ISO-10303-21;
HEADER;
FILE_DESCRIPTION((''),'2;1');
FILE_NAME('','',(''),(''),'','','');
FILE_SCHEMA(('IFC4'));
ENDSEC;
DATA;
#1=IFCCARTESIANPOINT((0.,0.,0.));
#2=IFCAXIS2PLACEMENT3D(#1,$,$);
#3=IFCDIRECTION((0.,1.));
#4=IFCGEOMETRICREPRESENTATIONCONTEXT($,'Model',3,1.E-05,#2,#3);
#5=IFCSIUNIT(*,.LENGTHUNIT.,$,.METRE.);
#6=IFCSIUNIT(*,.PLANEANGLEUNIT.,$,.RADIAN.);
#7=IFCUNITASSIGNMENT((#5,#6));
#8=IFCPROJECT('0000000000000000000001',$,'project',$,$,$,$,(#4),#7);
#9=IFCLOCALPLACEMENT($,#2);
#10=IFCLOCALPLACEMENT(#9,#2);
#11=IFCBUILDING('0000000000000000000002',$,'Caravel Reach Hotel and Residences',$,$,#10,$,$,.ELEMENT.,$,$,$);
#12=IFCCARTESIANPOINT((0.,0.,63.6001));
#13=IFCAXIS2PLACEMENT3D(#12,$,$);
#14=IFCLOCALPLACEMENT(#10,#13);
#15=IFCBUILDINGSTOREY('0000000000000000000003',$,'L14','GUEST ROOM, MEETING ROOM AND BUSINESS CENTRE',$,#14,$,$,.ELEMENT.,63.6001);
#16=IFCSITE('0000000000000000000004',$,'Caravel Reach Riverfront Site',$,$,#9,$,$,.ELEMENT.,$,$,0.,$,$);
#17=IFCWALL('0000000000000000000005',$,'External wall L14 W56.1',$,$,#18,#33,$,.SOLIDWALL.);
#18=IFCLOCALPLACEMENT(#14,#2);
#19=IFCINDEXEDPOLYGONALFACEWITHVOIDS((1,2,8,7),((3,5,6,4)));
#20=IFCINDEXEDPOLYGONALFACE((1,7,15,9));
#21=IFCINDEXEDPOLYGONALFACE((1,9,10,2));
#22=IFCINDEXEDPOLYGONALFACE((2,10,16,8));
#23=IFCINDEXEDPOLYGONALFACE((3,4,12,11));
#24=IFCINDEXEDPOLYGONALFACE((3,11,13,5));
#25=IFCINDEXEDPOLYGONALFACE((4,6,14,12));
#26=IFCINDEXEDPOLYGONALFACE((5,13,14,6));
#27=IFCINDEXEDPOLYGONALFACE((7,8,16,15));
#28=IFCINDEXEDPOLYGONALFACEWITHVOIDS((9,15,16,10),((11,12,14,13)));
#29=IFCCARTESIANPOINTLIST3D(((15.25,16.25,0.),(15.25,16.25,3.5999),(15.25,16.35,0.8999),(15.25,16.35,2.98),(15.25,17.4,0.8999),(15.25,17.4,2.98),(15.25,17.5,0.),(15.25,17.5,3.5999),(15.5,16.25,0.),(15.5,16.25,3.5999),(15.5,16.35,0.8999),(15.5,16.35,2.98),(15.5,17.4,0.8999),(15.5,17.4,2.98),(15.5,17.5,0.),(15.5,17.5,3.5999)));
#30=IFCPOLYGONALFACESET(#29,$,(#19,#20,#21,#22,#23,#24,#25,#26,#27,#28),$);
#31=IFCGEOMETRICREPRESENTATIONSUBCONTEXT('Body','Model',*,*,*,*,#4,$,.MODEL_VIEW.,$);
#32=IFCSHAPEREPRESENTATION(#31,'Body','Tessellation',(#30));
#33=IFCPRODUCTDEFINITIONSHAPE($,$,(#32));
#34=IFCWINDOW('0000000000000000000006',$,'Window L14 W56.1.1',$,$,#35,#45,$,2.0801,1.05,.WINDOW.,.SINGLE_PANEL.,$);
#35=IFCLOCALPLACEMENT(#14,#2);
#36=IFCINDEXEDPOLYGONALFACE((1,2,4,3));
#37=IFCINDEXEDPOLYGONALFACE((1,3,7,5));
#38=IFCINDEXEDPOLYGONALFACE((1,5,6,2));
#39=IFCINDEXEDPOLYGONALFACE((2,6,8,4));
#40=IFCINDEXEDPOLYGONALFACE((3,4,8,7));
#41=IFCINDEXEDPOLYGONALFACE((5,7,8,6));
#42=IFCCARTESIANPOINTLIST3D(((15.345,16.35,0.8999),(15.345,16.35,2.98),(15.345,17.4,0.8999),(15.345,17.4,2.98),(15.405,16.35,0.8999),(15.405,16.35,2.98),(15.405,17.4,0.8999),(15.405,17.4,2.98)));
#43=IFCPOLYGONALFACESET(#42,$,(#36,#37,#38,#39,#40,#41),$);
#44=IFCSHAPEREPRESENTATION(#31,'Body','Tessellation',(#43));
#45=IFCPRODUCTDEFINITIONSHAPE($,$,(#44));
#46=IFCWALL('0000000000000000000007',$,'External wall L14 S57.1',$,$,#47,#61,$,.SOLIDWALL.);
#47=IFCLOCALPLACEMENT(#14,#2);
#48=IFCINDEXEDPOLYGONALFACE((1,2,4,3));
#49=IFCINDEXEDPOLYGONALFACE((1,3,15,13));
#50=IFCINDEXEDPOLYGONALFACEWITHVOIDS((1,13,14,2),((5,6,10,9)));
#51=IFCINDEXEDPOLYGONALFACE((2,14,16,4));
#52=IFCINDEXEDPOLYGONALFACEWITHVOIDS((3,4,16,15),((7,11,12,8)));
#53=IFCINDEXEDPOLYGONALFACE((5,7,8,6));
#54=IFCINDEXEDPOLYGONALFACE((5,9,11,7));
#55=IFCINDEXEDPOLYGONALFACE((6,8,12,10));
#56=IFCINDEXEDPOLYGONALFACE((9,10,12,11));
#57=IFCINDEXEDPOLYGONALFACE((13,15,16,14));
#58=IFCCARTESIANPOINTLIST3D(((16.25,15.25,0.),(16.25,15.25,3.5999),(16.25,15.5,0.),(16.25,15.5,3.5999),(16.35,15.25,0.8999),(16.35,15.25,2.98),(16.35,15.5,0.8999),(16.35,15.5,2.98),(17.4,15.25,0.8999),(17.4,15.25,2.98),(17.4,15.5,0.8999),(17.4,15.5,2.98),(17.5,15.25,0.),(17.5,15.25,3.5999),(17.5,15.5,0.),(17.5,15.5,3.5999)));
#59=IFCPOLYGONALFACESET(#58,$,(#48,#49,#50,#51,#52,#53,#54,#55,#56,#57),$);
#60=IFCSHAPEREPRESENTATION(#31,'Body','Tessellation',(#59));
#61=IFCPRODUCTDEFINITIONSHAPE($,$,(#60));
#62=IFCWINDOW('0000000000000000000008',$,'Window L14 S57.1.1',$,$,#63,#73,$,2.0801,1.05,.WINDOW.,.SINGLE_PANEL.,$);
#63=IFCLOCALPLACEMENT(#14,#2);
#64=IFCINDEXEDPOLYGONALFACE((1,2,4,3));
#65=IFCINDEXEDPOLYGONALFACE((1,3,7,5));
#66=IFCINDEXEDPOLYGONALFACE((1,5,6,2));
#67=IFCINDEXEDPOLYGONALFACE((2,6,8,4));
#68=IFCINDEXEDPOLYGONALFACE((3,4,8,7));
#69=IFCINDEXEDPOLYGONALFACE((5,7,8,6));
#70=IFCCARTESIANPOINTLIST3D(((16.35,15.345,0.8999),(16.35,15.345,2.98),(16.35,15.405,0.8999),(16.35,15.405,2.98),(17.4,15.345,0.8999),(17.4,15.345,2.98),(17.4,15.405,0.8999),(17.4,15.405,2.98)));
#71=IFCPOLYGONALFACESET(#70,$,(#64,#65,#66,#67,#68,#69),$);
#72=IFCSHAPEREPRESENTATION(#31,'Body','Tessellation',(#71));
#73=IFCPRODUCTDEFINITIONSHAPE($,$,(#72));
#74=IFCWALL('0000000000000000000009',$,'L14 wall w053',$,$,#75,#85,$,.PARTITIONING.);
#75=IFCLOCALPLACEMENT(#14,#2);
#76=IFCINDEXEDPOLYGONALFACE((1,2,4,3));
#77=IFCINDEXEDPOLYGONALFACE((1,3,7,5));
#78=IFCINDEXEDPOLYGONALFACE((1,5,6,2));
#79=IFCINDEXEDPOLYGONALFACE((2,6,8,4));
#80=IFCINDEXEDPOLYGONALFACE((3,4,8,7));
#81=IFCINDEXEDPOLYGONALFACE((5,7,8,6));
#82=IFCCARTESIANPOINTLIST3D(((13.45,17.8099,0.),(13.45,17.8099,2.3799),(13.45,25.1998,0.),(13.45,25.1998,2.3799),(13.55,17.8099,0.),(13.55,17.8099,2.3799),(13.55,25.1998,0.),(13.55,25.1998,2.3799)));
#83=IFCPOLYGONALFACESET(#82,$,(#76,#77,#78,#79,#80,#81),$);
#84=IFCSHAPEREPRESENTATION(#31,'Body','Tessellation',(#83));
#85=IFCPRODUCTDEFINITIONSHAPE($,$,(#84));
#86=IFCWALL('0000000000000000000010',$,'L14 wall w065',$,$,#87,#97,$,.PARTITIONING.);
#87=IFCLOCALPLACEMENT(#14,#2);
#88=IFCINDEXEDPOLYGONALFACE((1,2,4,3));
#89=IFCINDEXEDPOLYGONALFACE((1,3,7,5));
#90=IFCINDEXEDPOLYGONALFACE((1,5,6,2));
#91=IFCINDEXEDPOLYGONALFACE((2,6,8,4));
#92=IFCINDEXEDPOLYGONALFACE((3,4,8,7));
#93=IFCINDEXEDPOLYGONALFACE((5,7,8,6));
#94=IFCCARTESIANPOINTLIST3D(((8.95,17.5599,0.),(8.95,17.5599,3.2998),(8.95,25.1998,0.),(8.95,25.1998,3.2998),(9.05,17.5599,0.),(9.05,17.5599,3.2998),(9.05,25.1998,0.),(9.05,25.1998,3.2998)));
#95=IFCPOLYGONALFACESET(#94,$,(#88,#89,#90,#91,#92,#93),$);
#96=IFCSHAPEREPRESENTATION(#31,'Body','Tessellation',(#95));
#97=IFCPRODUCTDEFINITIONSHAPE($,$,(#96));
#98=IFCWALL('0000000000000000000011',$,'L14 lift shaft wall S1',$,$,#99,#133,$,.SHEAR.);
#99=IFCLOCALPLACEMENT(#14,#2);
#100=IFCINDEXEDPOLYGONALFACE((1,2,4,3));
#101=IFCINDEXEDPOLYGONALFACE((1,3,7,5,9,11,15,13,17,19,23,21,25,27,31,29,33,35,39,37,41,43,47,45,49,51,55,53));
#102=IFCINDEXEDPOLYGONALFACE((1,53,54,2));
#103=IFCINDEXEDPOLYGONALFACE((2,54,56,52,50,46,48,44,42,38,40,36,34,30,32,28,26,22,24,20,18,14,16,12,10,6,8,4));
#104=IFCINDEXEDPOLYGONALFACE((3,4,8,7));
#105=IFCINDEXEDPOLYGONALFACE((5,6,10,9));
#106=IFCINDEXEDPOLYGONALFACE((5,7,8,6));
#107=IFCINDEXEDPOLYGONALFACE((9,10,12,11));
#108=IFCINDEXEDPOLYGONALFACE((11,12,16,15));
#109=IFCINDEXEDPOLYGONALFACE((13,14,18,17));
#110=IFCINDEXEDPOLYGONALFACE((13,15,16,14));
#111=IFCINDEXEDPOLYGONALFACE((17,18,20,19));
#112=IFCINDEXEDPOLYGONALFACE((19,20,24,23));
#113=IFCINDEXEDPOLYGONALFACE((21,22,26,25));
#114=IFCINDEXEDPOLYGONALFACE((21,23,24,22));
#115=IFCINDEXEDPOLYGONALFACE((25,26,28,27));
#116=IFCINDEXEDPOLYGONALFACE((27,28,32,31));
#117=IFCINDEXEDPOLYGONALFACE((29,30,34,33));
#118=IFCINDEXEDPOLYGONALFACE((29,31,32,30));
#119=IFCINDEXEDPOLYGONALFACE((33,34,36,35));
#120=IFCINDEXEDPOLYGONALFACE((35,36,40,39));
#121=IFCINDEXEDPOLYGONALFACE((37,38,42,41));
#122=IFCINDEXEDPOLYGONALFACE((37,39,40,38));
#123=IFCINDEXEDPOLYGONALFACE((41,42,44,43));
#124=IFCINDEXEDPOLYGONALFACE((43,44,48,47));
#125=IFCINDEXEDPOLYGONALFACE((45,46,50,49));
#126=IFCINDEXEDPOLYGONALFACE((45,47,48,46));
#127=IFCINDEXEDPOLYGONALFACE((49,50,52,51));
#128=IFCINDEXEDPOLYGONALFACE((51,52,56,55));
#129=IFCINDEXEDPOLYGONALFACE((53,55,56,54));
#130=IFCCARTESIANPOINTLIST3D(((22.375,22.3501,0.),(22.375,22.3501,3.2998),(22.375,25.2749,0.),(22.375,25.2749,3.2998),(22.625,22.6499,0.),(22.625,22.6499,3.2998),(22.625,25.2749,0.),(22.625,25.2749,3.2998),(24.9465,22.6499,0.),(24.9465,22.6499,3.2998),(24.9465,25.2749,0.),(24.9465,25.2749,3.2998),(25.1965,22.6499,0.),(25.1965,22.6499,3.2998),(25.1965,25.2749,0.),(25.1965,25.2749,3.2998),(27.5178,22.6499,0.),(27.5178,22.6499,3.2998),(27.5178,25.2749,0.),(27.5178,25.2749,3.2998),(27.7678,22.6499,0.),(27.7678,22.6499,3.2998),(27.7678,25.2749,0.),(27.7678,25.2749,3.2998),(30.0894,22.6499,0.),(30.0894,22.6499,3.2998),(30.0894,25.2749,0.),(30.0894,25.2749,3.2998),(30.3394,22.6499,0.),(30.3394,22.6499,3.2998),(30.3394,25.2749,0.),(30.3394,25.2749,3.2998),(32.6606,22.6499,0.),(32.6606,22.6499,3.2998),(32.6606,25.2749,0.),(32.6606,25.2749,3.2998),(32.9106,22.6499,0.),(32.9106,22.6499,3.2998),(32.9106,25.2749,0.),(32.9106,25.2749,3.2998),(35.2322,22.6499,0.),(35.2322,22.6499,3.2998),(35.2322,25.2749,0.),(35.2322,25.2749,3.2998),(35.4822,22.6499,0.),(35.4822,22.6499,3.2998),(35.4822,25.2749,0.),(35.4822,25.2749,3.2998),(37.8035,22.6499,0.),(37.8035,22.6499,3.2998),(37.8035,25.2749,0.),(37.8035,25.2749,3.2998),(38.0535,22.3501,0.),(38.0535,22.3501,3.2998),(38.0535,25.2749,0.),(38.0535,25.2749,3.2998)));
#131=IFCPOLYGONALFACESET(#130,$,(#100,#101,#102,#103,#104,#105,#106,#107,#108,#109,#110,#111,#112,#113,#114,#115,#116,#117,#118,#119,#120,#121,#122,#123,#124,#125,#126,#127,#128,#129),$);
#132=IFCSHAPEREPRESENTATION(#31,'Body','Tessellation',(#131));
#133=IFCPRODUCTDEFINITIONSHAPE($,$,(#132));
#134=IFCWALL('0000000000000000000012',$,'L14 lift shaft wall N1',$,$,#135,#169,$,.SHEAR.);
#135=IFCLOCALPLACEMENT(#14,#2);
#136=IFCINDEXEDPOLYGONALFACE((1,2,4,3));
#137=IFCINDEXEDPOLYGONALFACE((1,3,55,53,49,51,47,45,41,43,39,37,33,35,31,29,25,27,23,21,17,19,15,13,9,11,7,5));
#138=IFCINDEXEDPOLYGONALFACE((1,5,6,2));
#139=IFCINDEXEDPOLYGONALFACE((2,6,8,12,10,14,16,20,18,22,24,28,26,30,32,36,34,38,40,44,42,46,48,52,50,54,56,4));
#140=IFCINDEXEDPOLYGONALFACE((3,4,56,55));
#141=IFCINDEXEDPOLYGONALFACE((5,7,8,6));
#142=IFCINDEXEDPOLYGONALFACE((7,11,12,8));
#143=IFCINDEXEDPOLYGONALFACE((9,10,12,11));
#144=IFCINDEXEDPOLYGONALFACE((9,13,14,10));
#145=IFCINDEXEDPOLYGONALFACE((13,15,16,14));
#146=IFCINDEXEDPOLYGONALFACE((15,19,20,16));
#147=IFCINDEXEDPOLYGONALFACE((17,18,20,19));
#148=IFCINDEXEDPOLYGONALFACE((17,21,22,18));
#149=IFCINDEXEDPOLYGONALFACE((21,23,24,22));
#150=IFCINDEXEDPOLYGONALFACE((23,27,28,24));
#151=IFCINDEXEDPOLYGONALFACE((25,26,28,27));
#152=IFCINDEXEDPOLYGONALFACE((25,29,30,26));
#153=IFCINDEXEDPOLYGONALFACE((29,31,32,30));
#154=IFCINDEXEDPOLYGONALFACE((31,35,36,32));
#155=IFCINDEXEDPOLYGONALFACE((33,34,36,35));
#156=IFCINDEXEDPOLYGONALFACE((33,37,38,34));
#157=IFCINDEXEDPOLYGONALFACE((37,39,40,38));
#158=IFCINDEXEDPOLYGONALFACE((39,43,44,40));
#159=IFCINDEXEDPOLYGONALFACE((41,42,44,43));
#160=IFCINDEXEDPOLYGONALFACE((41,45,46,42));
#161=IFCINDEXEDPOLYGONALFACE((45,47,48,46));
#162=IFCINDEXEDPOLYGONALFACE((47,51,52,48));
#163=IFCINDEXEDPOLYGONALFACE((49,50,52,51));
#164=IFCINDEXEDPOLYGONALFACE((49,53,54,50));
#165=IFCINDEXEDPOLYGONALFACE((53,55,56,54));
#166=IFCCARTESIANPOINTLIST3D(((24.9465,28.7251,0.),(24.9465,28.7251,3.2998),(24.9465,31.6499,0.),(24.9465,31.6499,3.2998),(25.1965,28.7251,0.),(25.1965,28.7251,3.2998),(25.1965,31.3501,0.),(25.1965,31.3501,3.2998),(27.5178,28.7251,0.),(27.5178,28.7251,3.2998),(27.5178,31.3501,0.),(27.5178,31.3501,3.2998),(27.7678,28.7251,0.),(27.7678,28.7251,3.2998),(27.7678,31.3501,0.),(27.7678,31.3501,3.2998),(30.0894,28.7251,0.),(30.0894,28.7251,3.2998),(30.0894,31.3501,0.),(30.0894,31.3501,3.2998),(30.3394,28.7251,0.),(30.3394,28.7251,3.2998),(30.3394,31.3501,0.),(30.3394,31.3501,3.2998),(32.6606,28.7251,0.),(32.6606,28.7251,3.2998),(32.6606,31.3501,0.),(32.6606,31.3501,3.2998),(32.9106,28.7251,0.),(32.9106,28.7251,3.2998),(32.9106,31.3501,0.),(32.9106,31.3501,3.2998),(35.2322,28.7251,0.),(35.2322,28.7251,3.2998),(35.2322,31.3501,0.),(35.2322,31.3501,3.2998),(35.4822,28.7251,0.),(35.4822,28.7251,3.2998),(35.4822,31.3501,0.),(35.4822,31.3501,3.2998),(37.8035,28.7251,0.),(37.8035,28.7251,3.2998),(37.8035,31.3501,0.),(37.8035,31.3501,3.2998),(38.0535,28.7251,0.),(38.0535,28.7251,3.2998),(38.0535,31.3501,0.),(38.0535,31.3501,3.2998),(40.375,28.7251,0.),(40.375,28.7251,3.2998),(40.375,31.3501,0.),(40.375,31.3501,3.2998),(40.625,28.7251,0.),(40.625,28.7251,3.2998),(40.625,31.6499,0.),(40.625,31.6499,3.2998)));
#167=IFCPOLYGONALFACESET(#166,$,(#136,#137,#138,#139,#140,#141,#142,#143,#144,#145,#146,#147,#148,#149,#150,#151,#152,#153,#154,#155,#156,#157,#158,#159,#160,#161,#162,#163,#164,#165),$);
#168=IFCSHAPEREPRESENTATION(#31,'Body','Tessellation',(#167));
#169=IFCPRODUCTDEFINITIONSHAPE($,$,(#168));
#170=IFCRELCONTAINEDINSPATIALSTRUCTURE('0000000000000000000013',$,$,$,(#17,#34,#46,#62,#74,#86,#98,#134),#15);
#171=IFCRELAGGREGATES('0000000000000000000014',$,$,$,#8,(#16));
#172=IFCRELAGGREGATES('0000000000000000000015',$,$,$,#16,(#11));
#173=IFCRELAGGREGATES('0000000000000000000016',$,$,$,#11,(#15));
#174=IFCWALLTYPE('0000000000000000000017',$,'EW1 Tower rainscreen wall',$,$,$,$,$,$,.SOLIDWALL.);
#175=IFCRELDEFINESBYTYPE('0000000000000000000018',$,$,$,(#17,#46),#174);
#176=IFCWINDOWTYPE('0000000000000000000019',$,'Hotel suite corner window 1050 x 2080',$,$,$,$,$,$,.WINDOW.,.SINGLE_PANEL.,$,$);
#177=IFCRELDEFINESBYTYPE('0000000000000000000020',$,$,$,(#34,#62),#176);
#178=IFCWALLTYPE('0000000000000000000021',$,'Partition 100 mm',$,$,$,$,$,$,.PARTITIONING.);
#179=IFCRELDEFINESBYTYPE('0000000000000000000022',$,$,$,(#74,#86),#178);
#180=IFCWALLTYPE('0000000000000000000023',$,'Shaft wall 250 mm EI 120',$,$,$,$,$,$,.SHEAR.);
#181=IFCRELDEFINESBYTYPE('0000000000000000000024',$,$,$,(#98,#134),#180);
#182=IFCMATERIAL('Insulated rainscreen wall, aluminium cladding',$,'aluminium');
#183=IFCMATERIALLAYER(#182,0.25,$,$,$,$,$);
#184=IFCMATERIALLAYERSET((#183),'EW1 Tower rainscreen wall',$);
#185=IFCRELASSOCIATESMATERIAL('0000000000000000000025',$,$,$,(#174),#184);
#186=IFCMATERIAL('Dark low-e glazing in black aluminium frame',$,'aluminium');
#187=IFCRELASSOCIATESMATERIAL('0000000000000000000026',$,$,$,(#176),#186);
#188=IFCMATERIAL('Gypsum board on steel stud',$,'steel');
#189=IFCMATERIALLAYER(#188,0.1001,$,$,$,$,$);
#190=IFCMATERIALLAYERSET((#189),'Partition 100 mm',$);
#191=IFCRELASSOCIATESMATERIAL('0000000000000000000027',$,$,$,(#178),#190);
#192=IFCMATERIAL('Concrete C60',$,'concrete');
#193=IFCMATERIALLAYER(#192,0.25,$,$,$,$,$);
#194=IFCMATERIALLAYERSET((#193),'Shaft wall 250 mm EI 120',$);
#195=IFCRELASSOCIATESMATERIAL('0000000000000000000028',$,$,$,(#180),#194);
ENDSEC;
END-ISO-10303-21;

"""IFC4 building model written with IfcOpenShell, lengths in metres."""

from ifc_helpers import new_model, si_unit, direction, frame, frame_2d, origin, place, context, subcontext, project, spatial, polyline, rectangle, outline, extrude, material, layer, layer_set, type_object, element, fill, save


model = new_model("IFC4")

# Units and contexts
model_context = context("Model", 3, precision=1e-05, world=origin(), true_north=direction((0.0, 1.0)))
body_context = subcontext(model_context, "Body", "Model", "MODEL_VIEW")
ifc_project = project(units=[si_unit("LENGTHUNIT", "METRE"), si_unit("PLANEANGLEUNIT", "RADIAN")], contexts=[model_context])

# Site, building, storey
site_placement = place(None, origin())
site = spatial("IfcSite", under=ifc_project, at=site_placement, Name="Caravel Reach Riverfront Site", CompositionType="ELEMENT", RefElevation=0.0)
building_placement = place(site_placement, origin())
building = spatial("IfcBuilding", under=site, at=building_placement, Name="Caravel Reach Hotel and Residences", CompositionType="ELEMENT")
storey_placement = place(building_placement, frame((0.0, 0.0, 63.6001)))
storey = spatial("IfcBuildingStorey", under=building, at=storey_placement, Name="L14", Description="GUEST ROOM, MEETING ROOM AND BUSINESS CENTRE", CompositionType="ELEMENT", Elevation=63.6001)

# Shared definitions
ifc_material_1 = material(Name="Insulated rainscreen wall, aluminium cladding", Category="aluminium")
ifc_layer_1 = layer(ifc_material_1, 0.25)
ifc_layer_set_1 = layer_set([ifc_layer_1], Name="EW1 Tower rainscreen wall")
wall_type_1 = type_object("IfcWallType", Name="EW1 Tower rainscreen wall", PredefinedType="SOLIDWALL", material=ifc_layer_set_1)

# Walls, openings, windows
ifc_material_2 = material(Name="Dark low-e glazing in black aluminium frame", Category="aluminium")
window_type_1 = type_object("IfcWindowType", Name="Hotel suite corner window 1050 x 2080", PartitioningType="SINGLE_PANEL", PredefinedType="WINDOW", material=ifc_material_2)
wall_1_placement = place(storey_placement, frame((15.375, 17.5, 0.0), z_axis=(0.0, 0.0, 1.0), x_axis=(0.0, -1.0, 0.0)))
wall_1 = element("IfcWall", 1, at=wall_1_placement, inside=storey, type_object=wall_type_1, Name="External wall L14 W56.1", PredefinedType="SOLIDWALL", context=body_context, shape_type="SweptSolid", body=[
    extrude(rectangle(XDim=1.25, YDim=0.25, at=frame_2d((0.625, 0.0))), origin(), (0.0, 0.0, 1.0), 3.5999),
])
opening_1_placement = place(wall_1_placement, frame((0.1001, 0.0, 0.8999)))
opening_1 = element("IfcOpeningElement", 2, at=opening_1_placement, cuts=wall_1, PredefinedType="OPENING", context=body_context, shape_type="SweptSolid", body=[
    extrude(rectangle(XDim=1.05, YDim=2.0801, at=frame_2d((0.5249, 1.04))), frame((0.0, 0.135, 0.0), z_axis=(0.0, -1.0, 0.0), x_axis=(1.0, 0.0, 0.0)), (0.0, 0.0, 1.0), 0.27),
])
window_1_placement = place(opening_1_placement, origin())
window_1 = element("IfcWindow", 3, at=window_1_placement, inside=storey, type_object=window_type_1, Name="Window L14 W56.1.1", OverallHeight=2.0801, OverallWidth=1.05, PartitioningType="SINGLE_PANEL", PredefinedType="WINDOW", context=body_context, shape_type="SweptSolid", body=[
    extrude(rectangle(XDim=1.05, YDim=2.0801, at=frame_2d((0.5249, 1.04))), frame((0.0, 0.03, 0.0), z_axis=(0.0, -1.0, 0.0), x_axis=(1.0, 0.0, 0.0)), (0.0, 0.0, 1.0), 0.0601),
])
fill(opening_1, window_1)
wall_2_placement = place(storey_placement, frame((16.25, 15.375, 0.0), z_axis=(0.0, 0.0, 1.0), x_axis=(1.0, 0.0, 0.0)))
wall_2 = element("IfcWall", 4, at=wall_2_placement, inside=storey, type_object=wall_type_1, Name="External wall L14 S57.1", PredefinedType="SOLIDWALL", context=body_context, shape_type="SweptSolid", body=[
    extrude(rectangle(XDim=1.25, YDim=0.25, at=frame_2d((0.625, 0.0))), origin(), (0.0, 0.0, 1.0), 3.5999),
])
opening_2_placement = place(wall_2_placement, frame((0.1001, 0.0, 0.8999)))
opening_2 = element("IfcOpeningElement", 5, at=opening_2_placement, cuts=wall_2, PredefinedType="OPENING", context=body_context, shape_type="SweptSolid", body=[
    extrude(rectangle(XDim=1.05, YDim=2.0801, at=frame_2d((0.5249, 1.04))), frame((0.0, 0.135, 0.0), z_axis=(0.0, -1.0, 0.0), x_axis=(1.0, 0.0, 0.0)), (0.0, 0.0, 1.0), 0.27),
])
window_2_placement = place(opening_2_placement, origin())
window_2 = element("IfcWindow", 6, at=window_2_placement, inside=storey, type_object=window_type_1, Name="Window L14 S57.1.1", OverallHeight=2.0801, OverallWidth=1.05, PartitioningType="SINGLE_PANEL", PredefinedType="WINDOW", context=body_context, shape_type="SweptSolid", body=[
    extrude(rectangle(XDim=1.05, YDim=2.0801, at=frame_2d((0.5249, 1.04))), frame((0.0, 0.03, 0.0), z_axis=(0.0, -1.0, 0.0), x_axis=(1.0, 0.0, 0.0)), (0.0, 0.0, 1.0), 0.0601),
])
fill(opening_2, window_2)

# Walls
ifc_material_3 = material(Name="Gypsum board on steel stud", Category="steel")
ifc_layer_2 = layer(ifc_material_3, 0.1001)
ifc_layer_set_2 = layer_set([ifc_layer_2], Name="Partition 100 mm")
wall_type_2 = type_object("IfcWallType", Name="Partition 100 mm", PredefinedType="PARTITIONING", material=ifc_layer_set_2)
wall_3_placement = place(storey_placement, frame((13.5, 17.8101, 0.0), z_axis=(0.0, 0.0, 1.0), x_axis=(0.0, 1.0, 0.0)))
element("IfcWall", 7, at=wall_3_placement, inside=storey, type_object=wall_type_2, Name="L14 wall w053", PredefinedType="PARTITIONING", context=body_context, shape_type="SweptSolid", body=[
    extrude(rectangle(XDim=7.3899, YDim=0.1001, at=frame_2d((3.6948, 0.0))), origin(), (0.0, 0.0, 1.0), 2.3799),
])
wall_4_placement = place(storey_placement, frame((9.0, 17.5601, 0.0), z_axis=(0.0, 0.0, 1.0), x_axis=(0.0, 1.0, 0.0)))
element("IfcWall", 8, at=wall_4_placement, inside=storey, type_object=wall_type_2, Name="L14 wall w065", PredefinedType="PARTITIONING", context=body_context, shape_type="SweptSolid", body=[
    extrude(rectangle(XDim=7.6399, YDim=0.1001, at=frame_2d((3.8198, 0.0))), origin(), (0.0, 0.0, 1.0), 3.2998),
])
ifc_material_4 = material(Name="Concrete C60", Category="concrete")
ifc_layer_3 = layer(ifc_material_4, 0.25)
ifc_layer_set_3 = layer_set([ifc_layer_3], Name="Shaft wall 250 mm EI 120")
wall_type_3 = type_object("IfcWallType", Name="Shaft wall 250 mm EI 120", PredefinedType="SHEAR", material=ifc_layer_set_3)
wall_5_placement = place(storey_placement, origin())
element("IfcWall", 9, at=wall_5_placement, inside=storey, type_object=wall_type_3, Name="L14 lift shaft wall S1", PredefinedType="SHEAR", context=body_context, shape_type="SweptSolid", body=[
    extrude(outline(polyline([(22.375, 22.3501), (38.0535, 22.3501), (38.0535, 25.2749), (37.8035, 25.2749), (37.8035, 22.6499), (35.4822, 22.6499), (35.4822, 25.2749), (35.2322, 25.2749), (35.2322, 22.6499), (32.9106, 22.6499), (32.9106, 25.2749), (32.6606, 25.2749), (32.6606, 22.6499), (30.3394, 22.6499), (30.3394, 25.2749), (30.0894, 25.2749), (30.0894, 22.6499), (27.7678, 22.6499), (27.7678, 25.2749), (27.5178, 25.2749), (27.5178, 22.6499), (25.1965, 22.6499), (25.1965, 25.2749), (24.9465, 25.2749), (24.9465, 22.6499), (22.625, 22.6499), (22.625, 25.2749), (22.375, 25.2749), (22.375, 22.3501)])), origin(), (0.0, 0.0, 1.0), 3.2998),
])
wall_6_placement = place(storey_placement, origin())
element("IfcWall", 10, at=wall_6_placement, inside=storey, type_object=wall_type_3, Name="L14 lift shaft wall N1", PredefinedType="SHEAR", context=body_context, shape_type="SweptSolid", body=[
    extrude(outline(polyline([(24.9465, 28.7251), (25.1965, 28.7251), (25.1965, 31.3501), (27.5178, 31.3501), (27.5178, 28.7251), (27.7678, 28.7251), (27.7678, 31.3501), (30.0894, 31.3501), (30.0894, 28.7251), (30.3394, 28.7251), (30.3394, 31.3501), (32.6606, 31.3501), (32.6606, 28.7251), (32.9106, 28.7251), (32.9106, 31.3501), (35.2322, 31.3501), (35.2322, 28.7251), (35.4822, 28.7251), (35.4822, 31.3501), (37.8035, 31.3501), (37.8035, 28.7251), (38.0535, 28.7251), (38.0535, 31.3501), (40.375, 31.3501), (40.375, 28.7251), (40.625, 28.7251), (40.625, 31.6499), (24.9465, 31.6499), (24.9465, 28.7251)])), origin(), (0.0, 0.0, 1.0), 3.2998),
])

save(model, "model.ifc")
